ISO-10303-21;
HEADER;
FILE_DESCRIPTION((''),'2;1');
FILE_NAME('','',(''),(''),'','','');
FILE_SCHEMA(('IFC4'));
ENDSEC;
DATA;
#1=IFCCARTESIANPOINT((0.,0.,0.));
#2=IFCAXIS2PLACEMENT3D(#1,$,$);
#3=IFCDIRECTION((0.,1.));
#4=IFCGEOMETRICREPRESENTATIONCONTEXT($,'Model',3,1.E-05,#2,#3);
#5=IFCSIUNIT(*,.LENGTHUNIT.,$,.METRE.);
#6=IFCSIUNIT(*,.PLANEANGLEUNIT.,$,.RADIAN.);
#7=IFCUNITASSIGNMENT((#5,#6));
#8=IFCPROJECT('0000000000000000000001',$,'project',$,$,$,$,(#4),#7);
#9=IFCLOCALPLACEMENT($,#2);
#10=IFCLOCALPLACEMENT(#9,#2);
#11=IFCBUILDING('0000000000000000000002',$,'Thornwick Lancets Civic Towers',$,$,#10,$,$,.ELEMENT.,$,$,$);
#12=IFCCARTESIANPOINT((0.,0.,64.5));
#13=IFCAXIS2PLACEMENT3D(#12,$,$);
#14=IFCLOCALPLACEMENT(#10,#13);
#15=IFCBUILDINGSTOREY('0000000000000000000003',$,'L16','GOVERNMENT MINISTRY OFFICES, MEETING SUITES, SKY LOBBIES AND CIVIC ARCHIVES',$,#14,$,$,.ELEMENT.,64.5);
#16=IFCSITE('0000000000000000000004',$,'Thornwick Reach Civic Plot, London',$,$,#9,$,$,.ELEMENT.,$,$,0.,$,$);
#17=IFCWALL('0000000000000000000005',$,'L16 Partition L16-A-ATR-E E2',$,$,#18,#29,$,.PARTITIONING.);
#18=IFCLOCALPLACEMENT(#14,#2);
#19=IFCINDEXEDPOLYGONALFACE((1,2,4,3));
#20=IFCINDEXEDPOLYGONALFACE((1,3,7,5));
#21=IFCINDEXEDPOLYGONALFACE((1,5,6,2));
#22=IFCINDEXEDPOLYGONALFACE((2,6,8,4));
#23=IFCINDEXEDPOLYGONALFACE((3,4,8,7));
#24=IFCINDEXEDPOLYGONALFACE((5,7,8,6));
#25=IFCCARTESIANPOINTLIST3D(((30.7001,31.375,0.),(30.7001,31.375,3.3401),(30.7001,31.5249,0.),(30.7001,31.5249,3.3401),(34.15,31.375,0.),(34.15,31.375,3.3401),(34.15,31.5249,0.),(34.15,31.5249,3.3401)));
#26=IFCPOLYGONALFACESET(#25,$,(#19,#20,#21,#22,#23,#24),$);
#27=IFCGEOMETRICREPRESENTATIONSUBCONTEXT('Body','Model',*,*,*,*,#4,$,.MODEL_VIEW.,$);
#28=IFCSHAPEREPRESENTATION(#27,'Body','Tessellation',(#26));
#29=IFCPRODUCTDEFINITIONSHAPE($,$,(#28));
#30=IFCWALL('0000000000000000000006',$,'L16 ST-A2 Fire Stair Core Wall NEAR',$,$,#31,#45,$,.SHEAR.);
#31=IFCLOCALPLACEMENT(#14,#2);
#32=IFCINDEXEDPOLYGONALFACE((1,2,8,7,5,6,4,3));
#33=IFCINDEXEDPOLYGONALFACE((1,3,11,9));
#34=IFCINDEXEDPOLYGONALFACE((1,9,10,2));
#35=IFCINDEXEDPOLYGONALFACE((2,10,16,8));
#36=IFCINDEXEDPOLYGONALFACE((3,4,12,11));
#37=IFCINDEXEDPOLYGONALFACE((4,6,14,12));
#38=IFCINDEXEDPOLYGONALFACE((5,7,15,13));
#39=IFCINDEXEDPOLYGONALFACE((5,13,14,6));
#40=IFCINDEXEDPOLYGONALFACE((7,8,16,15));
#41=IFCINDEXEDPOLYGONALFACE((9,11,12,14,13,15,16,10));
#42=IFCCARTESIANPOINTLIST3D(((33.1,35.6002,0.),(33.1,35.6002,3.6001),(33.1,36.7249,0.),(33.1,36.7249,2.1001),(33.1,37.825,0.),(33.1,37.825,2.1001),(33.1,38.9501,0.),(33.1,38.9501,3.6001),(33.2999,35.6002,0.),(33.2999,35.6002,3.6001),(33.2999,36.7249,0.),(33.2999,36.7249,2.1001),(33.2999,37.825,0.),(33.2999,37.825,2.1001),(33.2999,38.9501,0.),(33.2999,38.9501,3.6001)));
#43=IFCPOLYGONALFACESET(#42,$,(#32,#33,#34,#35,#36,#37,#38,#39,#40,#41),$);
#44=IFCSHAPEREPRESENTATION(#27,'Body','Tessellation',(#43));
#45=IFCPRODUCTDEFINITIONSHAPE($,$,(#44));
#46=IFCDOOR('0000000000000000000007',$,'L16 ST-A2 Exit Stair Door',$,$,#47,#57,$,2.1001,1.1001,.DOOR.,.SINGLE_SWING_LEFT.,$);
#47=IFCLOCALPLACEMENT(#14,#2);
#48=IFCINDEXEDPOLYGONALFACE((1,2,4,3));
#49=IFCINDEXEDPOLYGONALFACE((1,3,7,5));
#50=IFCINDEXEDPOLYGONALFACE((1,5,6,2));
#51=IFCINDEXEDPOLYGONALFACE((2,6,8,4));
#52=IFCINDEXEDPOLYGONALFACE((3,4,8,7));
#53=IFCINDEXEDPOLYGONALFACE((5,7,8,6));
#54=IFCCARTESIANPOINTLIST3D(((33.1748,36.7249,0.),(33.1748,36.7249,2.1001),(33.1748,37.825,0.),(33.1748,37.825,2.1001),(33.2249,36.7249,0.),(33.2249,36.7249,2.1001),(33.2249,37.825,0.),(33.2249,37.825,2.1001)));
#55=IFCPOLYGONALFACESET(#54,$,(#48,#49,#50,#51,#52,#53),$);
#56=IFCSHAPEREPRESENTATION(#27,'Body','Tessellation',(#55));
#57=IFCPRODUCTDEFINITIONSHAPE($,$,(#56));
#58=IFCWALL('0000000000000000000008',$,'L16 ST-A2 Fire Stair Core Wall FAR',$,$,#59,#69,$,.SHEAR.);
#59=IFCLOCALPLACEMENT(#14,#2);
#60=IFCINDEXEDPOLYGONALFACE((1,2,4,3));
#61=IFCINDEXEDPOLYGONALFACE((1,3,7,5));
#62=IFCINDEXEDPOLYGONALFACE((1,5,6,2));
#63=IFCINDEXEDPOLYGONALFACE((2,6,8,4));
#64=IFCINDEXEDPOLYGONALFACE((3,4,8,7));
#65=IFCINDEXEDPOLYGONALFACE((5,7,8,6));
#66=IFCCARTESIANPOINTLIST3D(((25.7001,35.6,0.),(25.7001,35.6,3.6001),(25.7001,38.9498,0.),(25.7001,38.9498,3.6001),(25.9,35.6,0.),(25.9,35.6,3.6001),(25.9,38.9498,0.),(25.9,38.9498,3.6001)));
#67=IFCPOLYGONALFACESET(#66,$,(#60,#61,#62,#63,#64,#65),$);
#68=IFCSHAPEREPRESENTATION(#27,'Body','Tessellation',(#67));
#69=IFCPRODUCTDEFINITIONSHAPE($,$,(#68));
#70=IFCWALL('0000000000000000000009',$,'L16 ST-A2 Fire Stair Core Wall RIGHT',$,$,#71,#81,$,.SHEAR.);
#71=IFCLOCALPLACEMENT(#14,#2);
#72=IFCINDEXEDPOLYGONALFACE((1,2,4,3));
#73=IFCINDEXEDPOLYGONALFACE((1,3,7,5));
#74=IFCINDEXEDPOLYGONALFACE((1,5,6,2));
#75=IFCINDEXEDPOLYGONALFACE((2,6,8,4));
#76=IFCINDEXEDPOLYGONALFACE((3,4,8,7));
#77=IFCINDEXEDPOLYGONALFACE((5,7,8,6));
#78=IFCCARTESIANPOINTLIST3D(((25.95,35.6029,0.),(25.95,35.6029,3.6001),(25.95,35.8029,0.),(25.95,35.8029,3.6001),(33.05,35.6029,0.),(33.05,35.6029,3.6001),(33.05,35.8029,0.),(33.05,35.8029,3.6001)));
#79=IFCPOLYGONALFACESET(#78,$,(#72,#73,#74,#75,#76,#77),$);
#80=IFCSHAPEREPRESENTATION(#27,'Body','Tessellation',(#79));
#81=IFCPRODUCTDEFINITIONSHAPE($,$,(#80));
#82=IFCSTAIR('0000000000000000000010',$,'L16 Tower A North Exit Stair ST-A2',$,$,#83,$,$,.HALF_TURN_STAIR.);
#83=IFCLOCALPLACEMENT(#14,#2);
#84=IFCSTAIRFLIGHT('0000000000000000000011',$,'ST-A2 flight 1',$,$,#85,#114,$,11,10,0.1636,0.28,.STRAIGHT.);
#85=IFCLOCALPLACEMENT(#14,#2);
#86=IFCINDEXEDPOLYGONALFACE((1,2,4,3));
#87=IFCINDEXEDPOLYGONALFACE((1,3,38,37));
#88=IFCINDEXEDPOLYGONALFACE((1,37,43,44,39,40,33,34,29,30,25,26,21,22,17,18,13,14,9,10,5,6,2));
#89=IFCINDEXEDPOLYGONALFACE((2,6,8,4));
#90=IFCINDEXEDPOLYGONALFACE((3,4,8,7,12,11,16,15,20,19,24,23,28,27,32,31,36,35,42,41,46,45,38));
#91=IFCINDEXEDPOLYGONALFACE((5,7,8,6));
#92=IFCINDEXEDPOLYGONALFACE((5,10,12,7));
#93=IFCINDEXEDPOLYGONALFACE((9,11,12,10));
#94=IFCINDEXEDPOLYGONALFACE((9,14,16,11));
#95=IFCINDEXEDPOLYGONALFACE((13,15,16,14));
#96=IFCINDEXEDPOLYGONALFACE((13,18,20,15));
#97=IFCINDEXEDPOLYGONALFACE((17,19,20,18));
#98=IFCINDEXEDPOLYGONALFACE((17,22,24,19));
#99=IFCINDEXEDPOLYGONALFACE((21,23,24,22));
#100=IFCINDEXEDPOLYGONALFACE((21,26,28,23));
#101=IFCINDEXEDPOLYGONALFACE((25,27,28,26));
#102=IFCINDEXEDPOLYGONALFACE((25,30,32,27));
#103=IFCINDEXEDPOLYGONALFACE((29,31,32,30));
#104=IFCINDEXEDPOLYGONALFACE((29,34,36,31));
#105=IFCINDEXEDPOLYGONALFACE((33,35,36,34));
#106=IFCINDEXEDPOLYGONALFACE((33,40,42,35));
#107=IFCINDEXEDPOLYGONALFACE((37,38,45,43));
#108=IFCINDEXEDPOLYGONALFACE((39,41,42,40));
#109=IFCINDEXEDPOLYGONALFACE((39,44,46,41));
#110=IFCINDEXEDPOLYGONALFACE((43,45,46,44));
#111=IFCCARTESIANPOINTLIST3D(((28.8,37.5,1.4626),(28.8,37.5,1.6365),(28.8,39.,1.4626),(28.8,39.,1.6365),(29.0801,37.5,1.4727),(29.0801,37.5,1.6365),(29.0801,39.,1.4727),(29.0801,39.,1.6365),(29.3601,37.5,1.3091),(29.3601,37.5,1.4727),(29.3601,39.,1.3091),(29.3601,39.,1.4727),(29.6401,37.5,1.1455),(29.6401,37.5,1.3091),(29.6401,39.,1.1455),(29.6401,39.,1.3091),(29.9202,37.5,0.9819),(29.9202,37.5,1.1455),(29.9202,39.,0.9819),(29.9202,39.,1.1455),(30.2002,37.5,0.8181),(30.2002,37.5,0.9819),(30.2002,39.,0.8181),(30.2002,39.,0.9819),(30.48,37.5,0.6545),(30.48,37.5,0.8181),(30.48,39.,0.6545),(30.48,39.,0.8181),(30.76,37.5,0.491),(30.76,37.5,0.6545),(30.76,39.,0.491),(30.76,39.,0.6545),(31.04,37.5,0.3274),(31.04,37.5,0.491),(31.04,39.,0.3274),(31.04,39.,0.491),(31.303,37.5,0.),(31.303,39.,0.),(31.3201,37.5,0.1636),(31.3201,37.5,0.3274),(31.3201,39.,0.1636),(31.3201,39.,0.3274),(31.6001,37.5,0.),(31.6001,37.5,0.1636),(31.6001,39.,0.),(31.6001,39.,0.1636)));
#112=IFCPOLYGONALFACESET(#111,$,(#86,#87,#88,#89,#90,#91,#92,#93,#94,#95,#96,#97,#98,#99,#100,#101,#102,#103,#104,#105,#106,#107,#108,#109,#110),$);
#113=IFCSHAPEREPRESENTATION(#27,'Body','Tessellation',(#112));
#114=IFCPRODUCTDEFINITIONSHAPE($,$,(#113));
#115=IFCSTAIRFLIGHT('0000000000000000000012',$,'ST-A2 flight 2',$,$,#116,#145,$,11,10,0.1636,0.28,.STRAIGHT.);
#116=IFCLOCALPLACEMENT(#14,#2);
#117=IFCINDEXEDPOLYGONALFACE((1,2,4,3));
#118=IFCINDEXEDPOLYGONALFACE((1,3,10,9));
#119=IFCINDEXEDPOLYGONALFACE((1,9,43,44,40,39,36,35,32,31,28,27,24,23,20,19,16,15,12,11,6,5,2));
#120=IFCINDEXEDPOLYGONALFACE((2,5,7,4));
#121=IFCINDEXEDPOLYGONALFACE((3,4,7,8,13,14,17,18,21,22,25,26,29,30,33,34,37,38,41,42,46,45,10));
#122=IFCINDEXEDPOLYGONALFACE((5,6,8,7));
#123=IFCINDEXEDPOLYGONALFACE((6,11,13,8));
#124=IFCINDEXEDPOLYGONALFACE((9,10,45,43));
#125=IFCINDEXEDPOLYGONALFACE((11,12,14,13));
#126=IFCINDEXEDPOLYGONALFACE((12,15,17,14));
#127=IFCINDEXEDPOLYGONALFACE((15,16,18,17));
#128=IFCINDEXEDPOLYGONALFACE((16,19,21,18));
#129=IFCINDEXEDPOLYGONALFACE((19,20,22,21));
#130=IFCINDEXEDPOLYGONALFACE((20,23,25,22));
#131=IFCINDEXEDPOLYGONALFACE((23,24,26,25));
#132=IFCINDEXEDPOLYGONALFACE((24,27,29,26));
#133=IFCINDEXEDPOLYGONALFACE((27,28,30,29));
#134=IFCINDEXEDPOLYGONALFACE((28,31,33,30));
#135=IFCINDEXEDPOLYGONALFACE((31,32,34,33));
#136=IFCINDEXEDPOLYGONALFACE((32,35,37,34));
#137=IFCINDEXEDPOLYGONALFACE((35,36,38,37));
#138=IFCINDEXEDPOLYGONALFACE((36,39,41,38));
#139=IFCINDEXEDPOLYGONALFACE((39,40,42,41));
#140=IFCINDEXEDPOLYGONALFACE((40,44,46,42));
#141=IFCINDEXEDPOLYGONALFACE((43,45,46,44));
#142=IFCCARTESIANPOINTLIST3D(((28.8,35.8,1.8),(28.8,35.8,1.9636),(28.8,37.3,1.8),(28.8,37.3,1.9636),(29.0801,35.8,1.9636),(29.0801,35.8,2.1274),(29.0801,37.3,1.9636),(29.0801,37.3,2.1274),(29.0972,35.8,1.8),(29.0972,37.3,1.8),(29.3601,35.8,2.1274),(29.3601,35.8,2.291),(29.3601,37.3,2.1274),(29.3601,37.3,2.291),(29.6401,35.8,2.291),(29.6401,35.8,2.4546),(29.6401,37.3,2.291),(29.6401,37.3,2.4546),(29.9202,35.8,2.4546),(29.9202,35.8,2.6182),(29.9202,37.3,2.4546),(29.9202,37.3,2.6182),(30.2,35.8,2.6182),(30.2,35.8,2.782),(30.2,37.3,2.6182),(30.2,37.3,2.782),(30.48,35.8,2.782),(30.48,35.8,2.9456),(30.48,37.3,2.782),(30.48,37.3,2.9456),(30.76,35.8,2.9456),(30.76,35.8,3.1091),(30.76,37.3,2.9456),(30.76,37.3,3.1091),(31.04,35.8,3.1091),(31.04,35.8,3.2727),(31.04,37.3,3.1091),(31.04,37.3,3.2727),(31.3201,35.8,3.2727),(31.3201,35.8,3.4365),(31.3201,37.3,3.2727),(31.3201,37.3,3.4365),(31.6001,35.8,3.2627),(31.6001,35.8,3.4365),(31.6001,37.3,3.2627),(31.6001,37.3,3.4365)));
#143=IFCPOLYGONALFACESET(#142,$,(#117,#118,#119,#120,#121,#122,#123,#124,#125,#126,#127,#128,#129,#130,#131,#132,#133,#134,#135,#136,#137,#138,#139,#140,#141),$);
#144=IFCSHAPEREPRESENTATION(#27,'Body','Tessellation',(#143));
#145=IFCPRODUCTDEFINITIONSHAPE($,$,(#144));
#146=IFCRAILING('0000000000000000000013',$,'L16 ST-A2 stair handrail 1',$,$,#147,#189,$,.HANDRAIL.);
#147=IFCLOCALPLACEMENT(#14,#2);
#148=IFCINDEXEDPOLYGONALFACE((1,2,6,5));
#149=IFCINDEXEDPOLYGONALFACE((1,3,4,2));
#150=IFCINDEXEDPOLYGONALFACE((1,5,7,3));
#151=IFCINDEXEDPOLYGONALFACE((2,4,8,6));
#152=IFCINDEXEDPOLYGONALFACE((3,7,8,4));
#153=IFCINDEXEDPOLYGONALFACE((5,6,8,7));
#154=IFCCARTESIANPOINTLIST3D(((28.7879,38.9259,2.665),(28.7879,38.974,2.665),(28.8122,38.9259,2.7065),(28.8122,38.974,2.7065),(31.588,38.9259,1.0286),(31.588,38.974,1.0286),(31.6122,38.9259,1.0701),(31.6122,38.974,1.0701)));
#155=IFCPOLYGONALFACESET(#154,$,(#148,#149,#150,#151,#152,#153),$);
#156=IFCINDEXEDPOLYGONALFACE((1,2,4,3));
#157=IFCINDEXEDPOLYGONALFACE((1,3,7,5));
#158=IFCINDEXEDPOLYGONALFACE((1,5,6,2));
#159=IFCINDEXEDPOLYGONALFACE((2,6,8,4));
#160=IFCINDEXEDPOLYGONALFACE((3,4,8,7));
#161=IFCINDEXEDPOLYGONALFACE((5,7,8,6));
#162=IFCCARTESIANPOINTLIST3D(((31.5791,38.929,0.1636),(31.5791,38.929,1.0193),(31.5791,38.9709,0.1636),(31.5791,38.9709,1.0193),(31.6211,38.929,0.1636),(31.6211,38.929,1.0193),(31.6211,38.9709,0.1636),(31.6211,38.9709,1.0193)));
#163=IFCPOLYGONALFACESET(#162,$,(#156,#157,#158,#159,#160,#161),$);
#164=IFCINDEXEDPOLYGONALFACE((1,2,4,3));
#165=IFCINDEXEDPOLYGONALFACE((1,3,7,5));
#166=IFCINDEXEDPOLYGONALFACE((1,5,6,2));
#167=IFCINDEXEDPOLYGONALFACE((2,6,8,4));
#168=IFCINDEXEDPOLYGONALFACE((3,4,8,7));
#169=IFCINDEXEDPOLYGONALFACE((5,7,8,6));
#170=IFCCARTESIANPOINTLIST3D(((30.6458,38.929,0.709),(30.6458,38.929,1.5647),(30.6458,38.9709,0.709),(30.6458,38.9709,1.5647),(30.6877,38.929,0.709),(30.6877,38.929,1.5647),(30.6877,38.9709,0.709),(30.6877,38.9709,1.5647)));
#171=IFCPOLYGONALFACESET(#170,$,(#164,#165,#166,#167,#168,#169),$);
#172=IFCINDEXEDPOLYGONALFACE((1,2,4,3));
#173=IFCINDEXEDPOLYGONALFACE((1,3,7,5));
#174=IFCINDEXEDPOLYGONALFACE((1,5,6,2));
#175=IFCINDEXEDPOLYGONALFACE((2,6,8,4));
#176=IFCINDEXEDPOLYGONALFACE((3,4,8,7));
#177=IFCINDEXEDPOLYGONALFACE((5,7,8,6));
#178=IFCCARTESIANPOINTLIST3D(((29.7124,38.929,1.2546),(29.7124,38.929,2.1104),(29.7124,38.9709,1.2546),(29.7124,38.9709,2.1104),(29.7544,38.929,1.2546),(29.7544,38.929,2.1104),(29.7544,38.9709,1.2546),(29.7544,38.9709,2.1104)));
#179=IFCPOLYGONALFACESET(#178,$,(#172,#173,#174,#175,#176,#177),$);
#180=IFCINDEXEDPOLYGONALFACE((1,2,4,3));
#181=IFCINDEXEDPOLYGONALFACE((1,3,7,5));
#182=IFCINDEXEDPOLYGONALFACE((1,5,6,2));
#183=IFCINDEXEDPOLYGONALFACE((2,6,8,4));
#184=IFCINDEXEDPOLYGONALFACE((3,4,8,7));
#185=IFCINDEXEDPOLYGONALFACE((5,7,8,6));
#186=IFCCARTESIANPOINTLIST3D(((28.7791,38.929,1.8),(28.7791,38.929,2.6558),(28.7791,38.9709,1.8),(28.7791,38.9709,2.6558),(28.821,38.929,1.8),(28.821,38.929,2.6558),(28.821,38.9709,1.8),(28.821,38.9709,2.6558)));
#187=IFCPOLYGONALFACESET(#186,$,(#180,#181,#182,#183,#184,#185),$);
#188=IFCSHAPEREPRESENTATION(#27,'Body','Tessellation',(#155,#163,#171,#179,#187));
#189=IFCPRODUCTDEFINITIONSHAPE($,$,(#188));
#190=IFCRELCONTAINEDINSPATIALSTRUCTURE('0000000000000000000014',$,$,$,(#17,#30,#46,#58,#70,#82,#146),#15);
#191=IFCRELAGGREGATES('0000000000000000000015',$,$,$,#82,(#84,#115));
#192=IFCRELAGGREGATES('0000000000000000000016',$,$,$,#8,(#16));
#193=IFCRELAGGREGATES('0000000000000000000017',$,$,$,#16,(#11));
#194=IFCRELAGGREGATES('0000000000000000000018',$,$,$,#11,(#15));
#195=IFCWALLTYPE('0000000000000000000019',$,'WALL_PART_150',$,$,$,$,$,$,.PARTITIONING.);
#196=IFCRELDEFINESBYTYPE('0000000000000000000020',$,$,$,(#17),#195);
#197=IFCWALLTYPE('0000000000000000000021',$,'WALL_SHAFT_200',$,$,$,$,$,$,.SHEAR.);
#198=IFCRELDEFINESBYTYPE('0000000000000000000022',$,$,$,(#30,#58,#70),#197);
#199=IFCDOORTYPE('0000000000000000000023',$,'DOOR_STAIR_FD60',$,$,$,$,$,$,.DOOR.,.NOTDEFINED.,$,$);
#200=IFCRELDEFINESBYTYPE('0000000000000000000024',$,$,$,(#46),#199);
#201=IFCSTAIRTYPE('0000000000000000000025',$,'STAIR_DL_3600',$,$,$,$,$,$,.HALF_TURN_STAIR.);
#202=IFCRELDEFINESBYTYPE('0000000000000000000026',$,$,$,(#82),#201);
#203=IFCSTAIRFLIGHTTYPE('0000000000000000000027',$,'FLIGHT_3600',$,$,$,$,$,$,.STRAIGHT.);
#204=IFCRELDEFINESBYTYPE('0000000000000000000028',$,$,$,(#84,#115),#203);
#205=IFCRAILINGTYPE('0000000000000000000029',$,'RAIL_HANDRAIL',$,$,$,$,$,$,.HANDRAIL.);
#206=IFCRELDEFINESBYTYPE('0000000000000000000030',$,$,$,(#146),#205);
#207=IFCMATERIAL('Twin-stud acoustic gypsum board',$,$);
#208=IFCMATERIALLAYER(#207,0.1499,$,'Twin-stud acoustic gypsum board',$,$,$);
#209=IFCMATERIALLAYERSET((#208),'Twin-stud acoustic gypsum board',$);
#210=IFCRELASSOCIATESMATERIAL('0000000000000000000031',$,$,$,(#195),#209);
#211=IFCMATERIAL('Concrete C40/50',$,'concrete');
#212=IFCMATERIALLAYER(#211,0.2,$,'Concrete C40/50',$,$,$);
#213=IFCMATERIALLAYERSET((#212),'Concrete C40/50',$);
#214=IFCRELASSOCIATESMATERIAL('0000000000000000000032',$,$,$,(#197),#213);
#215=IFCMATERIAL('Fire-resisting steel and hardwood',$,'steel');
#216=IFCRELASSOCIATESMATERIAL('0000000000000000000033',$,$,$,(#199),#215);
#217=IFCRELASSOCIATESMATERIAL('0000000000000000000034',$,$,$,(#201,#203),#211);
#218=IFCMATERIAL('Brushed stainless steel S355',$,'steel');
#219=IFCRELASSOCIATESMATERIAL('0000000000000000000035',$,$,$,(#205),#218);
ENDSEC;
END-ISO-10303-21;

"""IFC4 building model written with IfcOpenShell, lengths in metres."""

from ifc_helpers import new_model, si_unit, direction, frame, frame_2d, origin, origin_2d, place, context, subcontext, project, spatial, polyline, rectangle, outline, extrude, material, layer, layer_set, type_object, element, fill, aggregate, save


model = new_model("IFC4")

# Units and contexts
model_context = context("Model", 3, precision=1e-05, world=origin(), true_north=direction((0.0, 1.0)))
body_context = subcontext(model_context, "Body", "Model", "MODEL_VIEW")
ifc_project = project(units=[si_unit("LENGTHUNIT", "METRE"), si_unit("PLANEANGLEUNIT", "RADIAN")], contexts=[model_context])

# Site, building, storey
site_placement = place(None, origin())
site = spatial("IfcSite", under=ifc_project, at=site_placement, Name="Thornwick Reach Civic Plot, London", CompositionType="ELEMENT", RefElevation=0.0)
building_placement = place(site_placement, origin())
building = spatial("IfcBuilding", under=site, at=building_placement, Name="Thornwick Lancets Civic Towers", CompositionType="ELEMENT")
storey_placement = place(building_placement, frame((0.0, 0.0, 64.5)))
storey = spatial("IfcBuildingStorey", under=building, at=storey_placement, Name="L16", Description="GOVERNMENT MINISTRY OFFICES, MEETING SUITES, SKY LOBBIES AND CIVIC ARCHIVES", CompositionType="ELEMENT", Elevation=64.5)

# Shared definitions
ifc_material_1 = material(Name="Concrete C40/50", Category="concrete")

# Wall
ifc_material_2 = material(Name="Twin-stud acoustic gypsum board")
ifc_layer_1 = layer(ifc_material_2, 0.1499, Name="Twin-stud acoustic gypsum board")
ifc_layer_set_1 = layer_set([ifc_layer_1], Name="Twin-stud acoustic gypsum board")
wall_type_1 = type_object("IfcWallType", Name="WALL_PART_150", PredefinedType="PARTITIONING", material=ifc_layer_set_1)
wall_1_placement = place(storey_placement, frame((30.7, 31.45, 0.0), z_axis=(0.0, 0.0, 1.0), x_axis=(1.0, 0.0, 0.0)))
element("IfcWall", 1, at=wall_1_placement, inside=storey, type_object=wall_type_1, Name="L16 Partition L16-A-ATR-E E2", PredefinedType="PARTITIONING", context=body_context, shape_type="SweptSolid", body=[
    extrude(rectangle(XDim=3.45, YDim=0.1499, at=frame_2d((1.7251, 0.0))), origin(), (0.0, 0.0, 1.0), 3.3401),
])

# Wall, opening, door
ifc_layer_2 = layer(ifc_material_1, 0.2, Name="Concrete C40/50")
ifc_layer_set_2 = layer_set([ifc_layer_2], Name="Concrete C40/50")
wall_type_2 = type_object("IfcWallType", Name="WALL_SHAFT_200", PredefinedType="SHEAR", material=ifc_layer_set_2)
wall_2_placement = place(storey_placement, frame((33.2, 38.95, 0.0), z_axis=(0.0, 0.0, 1.0), x_axis=(0.0, -1.0, 0.0)))
wall_2 = element("IfcWall", 2, at=wall_2_placement, inside=storey, type_object=wall_type_2, Name="L16 ST-A2 Fire Stair Core Wall NEAR", PredefinedType="SHEAR", context=body_context, shape_type="SweptSolid", body=[
    extrude(rectangle(XDim=3.3499, YDim=0.2, at=frame_2d((1.6748, 0.0))), origin(), (0.0, 0.0, 1.0), 3.6001),
])
opening_1_placement = place(wall_2_placement, frame((1.125, 0.0, 0.0)))
opening_1 = element("IfcOpeningElement", 3, at=opening_1_placement, cuts=wall_2, PredefinedType="OPENING", context=body_context, shape_type="SweptSolid", body=[
    extrude(rectangle(XDim=1.1001, YDim=2.1001, at=frame_2d((0.55, 1.05))), frame((0.0, 0.1099, 0.0), z_axis=(0.0, -1.0, 0.0), x_axis=(1.0, 0.0, 0.0)), (0.0, 0.0, 1.0), 0.22),
])
ifc_material_3 = material(Name="Fire-resisting steel and hardwood", Category="steel")
door_type_1 = type_object("IfcDoorType", Name="DOOR_STAIR_FD60", OperationType="NOTDEFINED", PredefinedType="DOOR", material=ifc_material_3)
door_1_placement = place(opening_1_placement, origin())
door_1 = element("IfcDoor", 4, at=door_1_placement, inside=storey, type_object=door_type_1, Name="L16 ST-A2 Exit Stair Door", OperationType="SINGLE_SWING_LEFT", OverallHeight=2.1001, OverallWidth=1.1001, PredefinedType="DOOR", context=body_context, shape_type="SweptSolid", body=[
    extrude(rectangle(XDim=1.1001, YDim=2.1001, at=frame_2d((0.55, 1.05))), frame((0.0, 0.0249, 0.0), z_axis=(0.0, -1.0, 0.0), x_axis=(1.0, 0.0, 0.0)), (0.0, 0.0, 1.0), 0.05),
])
fill(opening_1, door_1)

# Walls
wall_3_placement = place(storey_placement, frame((25.8, 35.6001, 0.0), z_axis=(0.0, 0.0, 1.0), x_axis=(0.0, 1.0, 0.0)))
element("IfcWall", 5, at=wall_3_placement, inside=storey, type_object=wall_type_2, Name="L16 ST-A2 Fire Stair Core Wall FAR", PredefinedType="SHEAR", context=body_context, shape_type="SweptSolid", body=[
    extrude(rectangle(XDim=3.3499, YDim=0.2, at=frame_2d((1.6748, 0.0))), origin(), (0.0, 0.0, 1.0), 3.6001),
])
wall_4_placement = place(storey_placement, frame((25.95, 35.7029, 0.0), z_axis=(0.0, 0.0, 1.0), x_axis=(1.0, 0.0, 0.0)))
element("IfcWall", 6, at=wall_4_placement, inside=storey, type_object=wall_type_2, Name="L16 ST-A2 Fire Stair Core Wall RIGHT", PredefinedType="SHEAR", context=body_context, shape_type="SweptSolid", body=[
    extrude(rectangle(XDim=7.1001, YDim=0.2, at=frame_2d((3.55, 0.0))), origin(), (0.0, 0.0, 1.0), 3.6001),
])

# Stair, stair flights
stair_type = type_object("IfcStairType", Name="STAIR_DL_3600", PredefinedType="HALF_TURN_STAIR", material=ifc_material_1)
stair_placement = place(storey_placement, origin())
stair = element("IfcStair", 7, at=stair_placement, inside=storey, type_object=stair_type, Name="L16 Tower A North Exit Stair ST-A2", PredefinedType="HALF_TURN_STAIR")
stair_flight_type = type_object("IfcStairFlightType", Name="FLIGHT_3600", PredefinedType="STRAIGHT", material=ifc_material_1)
stair_flight_1_placement = place(storey_placement, frame((31.6001, 38.25, 0.0), z_axis=(0.0, 0.0, 1.0), x_axis=(-1.0, 0.0, 0.0)))
stair_flight_1 = element("IfcStairFlight", 8, at=stair_flight_1_placement, type_object=stair_flight_type, Name="ST-A2 flight 1", NumberOfRisers=11, NumberOfTreads=10, PredefinedType="STRAIGHT", RiserHeight=0.1636, TreadLength=0.28, context=body_context, shape_type="SweptSolid", body=[
    extrude(outline(polyline([(0.0, 0.0), (0.0, 0.1636), (0.28, 0.1636), (0.28, 0.3274), (0.5601, 0.3274), (0.5601, 0.491), (0.8401, 0.491), (0.8401, 0.6545), (1.1201, 0.6545), (1.1201, 0.8181), (1.3999, 0.8181), (1.3999, 0.9819), (1.6799, 0.9819), (1.6799, 1.1455), (1.96, 1.1455), (1.96, 1.3091), (2.24, 1.3091), (2.24, 1.4727), (2.52, 1.4727), (2.52, 1.6365), (2.8, 1.6365), (2.8, 1.8), (2.8, 1.4626), (0.2971, 0.0), (0.0, 0.0)])), frame((0.0, 0.75, 0.0), z_axis=(0.0, -1.0, 0.0), x_axis=(1.0, 0.0, 0.0)), (0.0, 0.0, 1.0), 1.5),
])
stair_flight_2_placement = place(storey_placement, frame((28.8, 36.55, 1.8), z_axis=(0.0, 0.0, 1.0), x_axis=(1.0, 0.0, 0.0)))
stair_flight_2 = element("IfcStairFlight", 9, at=stair_flight_2_placement, type_object=stair_flight_type, Name="ST-A2 flight 2", NumberOfRisers=11, NumberOfTreads=10, PredefinedType="STRAIGHT", RiserHeight=0.1636, TreadLength=0.28, context=body_context, shape_type="SweptSolid", body=[
    extrude(outline(polyline([(0.0, 0.0), (0.0, 0.1636), (0.28, 0.1636), (0.28, 0.3274), (0.5601, 0.3274), (0.5601, 0.491), (0.8401, 0.491), (0.8401, 0.6545), (1.1201, 0.6545), (1.1201, 0.8181), (1.3999, 0.8181), (1.3999, 0.9819), (1.6799, 0.9819), (1.6799, 1.1455), (1.96, 1.1455), (1.96, 1.3091), (2.24, 1.3091), (2.24, 1.4727), (2.52, 1.4727), (2.52, 1.6365), (2.8, 1.6365), (2.8, 1.8), (2.8, 1.4626), (0.2971, 0.0), (0.0, 0.0)])), frame((0.0, 0.75, 0.0), z_axis=(0.0, -1.0, 0.0), x_axis=(1.0, 0.0, 0.0)), (0.0, 0.0, 1.0), 1.5),
])
aggregate(stair, [stair_flight_1, stair_flight_2])

# Railing
ifc_material_4 = material(Name="Brushed stainless steel S355", Category="steel")
railing_type_1 = type_object("IfcRailingType", Name="RAIL_HANDRAIL", PredefinedType="HANDRAIL", material=ifc_material_4)
railing_1_placement = place(storey_placement, frame((31.6001, 38.95, 0.1636)))
element("IfcRailing", 10, at=railing_1_placement, inside=storey, type_object=railing_type_1, Name="L16 ST-A2 stair handrail 1", PredefinedType="HANDRAIL", context=body_context, shape_type="SweptSolid", body=[
    extrude(rectangle(XDim=0.0481, YDim=0.0481, at=origin_2d()), frame((0.0, 0.0, 0.8857), z_axis=(-0.863361, 0.0, 0.504587), x_axis=(0.0, -1.0, 0.0)), (0.0, 0.0, 1.0), 3.2432),
    extrude(rectangle(XDim=0.042, YDim=0.042, at=origin_2d()), origin(), (0.0, 0.0, 1.0), 0.8557),
    extrude(rectangle(XDim=0.042, YDim=0.042, at=origin_2d()), frame((-0.9333, 0.0, 0.5454)), (0.0, 0.0, 1.0), 0.8557),
    extrude(rectangle(XDim=0.042, YDim=0.042, at=origin_2d()), frame((-1.8667, 0.0, 1.0911)), (0.0, 0.0, 1.0), 0.8557),
    extrude(rectangle(XDim=0.042, YDim=0.042, at=origin_2d()), frame((-2.8, 0.0, 1.6365)), (0.0, 0.0, 1.0), 0.8557),
])

save(model, "model.ifc")
